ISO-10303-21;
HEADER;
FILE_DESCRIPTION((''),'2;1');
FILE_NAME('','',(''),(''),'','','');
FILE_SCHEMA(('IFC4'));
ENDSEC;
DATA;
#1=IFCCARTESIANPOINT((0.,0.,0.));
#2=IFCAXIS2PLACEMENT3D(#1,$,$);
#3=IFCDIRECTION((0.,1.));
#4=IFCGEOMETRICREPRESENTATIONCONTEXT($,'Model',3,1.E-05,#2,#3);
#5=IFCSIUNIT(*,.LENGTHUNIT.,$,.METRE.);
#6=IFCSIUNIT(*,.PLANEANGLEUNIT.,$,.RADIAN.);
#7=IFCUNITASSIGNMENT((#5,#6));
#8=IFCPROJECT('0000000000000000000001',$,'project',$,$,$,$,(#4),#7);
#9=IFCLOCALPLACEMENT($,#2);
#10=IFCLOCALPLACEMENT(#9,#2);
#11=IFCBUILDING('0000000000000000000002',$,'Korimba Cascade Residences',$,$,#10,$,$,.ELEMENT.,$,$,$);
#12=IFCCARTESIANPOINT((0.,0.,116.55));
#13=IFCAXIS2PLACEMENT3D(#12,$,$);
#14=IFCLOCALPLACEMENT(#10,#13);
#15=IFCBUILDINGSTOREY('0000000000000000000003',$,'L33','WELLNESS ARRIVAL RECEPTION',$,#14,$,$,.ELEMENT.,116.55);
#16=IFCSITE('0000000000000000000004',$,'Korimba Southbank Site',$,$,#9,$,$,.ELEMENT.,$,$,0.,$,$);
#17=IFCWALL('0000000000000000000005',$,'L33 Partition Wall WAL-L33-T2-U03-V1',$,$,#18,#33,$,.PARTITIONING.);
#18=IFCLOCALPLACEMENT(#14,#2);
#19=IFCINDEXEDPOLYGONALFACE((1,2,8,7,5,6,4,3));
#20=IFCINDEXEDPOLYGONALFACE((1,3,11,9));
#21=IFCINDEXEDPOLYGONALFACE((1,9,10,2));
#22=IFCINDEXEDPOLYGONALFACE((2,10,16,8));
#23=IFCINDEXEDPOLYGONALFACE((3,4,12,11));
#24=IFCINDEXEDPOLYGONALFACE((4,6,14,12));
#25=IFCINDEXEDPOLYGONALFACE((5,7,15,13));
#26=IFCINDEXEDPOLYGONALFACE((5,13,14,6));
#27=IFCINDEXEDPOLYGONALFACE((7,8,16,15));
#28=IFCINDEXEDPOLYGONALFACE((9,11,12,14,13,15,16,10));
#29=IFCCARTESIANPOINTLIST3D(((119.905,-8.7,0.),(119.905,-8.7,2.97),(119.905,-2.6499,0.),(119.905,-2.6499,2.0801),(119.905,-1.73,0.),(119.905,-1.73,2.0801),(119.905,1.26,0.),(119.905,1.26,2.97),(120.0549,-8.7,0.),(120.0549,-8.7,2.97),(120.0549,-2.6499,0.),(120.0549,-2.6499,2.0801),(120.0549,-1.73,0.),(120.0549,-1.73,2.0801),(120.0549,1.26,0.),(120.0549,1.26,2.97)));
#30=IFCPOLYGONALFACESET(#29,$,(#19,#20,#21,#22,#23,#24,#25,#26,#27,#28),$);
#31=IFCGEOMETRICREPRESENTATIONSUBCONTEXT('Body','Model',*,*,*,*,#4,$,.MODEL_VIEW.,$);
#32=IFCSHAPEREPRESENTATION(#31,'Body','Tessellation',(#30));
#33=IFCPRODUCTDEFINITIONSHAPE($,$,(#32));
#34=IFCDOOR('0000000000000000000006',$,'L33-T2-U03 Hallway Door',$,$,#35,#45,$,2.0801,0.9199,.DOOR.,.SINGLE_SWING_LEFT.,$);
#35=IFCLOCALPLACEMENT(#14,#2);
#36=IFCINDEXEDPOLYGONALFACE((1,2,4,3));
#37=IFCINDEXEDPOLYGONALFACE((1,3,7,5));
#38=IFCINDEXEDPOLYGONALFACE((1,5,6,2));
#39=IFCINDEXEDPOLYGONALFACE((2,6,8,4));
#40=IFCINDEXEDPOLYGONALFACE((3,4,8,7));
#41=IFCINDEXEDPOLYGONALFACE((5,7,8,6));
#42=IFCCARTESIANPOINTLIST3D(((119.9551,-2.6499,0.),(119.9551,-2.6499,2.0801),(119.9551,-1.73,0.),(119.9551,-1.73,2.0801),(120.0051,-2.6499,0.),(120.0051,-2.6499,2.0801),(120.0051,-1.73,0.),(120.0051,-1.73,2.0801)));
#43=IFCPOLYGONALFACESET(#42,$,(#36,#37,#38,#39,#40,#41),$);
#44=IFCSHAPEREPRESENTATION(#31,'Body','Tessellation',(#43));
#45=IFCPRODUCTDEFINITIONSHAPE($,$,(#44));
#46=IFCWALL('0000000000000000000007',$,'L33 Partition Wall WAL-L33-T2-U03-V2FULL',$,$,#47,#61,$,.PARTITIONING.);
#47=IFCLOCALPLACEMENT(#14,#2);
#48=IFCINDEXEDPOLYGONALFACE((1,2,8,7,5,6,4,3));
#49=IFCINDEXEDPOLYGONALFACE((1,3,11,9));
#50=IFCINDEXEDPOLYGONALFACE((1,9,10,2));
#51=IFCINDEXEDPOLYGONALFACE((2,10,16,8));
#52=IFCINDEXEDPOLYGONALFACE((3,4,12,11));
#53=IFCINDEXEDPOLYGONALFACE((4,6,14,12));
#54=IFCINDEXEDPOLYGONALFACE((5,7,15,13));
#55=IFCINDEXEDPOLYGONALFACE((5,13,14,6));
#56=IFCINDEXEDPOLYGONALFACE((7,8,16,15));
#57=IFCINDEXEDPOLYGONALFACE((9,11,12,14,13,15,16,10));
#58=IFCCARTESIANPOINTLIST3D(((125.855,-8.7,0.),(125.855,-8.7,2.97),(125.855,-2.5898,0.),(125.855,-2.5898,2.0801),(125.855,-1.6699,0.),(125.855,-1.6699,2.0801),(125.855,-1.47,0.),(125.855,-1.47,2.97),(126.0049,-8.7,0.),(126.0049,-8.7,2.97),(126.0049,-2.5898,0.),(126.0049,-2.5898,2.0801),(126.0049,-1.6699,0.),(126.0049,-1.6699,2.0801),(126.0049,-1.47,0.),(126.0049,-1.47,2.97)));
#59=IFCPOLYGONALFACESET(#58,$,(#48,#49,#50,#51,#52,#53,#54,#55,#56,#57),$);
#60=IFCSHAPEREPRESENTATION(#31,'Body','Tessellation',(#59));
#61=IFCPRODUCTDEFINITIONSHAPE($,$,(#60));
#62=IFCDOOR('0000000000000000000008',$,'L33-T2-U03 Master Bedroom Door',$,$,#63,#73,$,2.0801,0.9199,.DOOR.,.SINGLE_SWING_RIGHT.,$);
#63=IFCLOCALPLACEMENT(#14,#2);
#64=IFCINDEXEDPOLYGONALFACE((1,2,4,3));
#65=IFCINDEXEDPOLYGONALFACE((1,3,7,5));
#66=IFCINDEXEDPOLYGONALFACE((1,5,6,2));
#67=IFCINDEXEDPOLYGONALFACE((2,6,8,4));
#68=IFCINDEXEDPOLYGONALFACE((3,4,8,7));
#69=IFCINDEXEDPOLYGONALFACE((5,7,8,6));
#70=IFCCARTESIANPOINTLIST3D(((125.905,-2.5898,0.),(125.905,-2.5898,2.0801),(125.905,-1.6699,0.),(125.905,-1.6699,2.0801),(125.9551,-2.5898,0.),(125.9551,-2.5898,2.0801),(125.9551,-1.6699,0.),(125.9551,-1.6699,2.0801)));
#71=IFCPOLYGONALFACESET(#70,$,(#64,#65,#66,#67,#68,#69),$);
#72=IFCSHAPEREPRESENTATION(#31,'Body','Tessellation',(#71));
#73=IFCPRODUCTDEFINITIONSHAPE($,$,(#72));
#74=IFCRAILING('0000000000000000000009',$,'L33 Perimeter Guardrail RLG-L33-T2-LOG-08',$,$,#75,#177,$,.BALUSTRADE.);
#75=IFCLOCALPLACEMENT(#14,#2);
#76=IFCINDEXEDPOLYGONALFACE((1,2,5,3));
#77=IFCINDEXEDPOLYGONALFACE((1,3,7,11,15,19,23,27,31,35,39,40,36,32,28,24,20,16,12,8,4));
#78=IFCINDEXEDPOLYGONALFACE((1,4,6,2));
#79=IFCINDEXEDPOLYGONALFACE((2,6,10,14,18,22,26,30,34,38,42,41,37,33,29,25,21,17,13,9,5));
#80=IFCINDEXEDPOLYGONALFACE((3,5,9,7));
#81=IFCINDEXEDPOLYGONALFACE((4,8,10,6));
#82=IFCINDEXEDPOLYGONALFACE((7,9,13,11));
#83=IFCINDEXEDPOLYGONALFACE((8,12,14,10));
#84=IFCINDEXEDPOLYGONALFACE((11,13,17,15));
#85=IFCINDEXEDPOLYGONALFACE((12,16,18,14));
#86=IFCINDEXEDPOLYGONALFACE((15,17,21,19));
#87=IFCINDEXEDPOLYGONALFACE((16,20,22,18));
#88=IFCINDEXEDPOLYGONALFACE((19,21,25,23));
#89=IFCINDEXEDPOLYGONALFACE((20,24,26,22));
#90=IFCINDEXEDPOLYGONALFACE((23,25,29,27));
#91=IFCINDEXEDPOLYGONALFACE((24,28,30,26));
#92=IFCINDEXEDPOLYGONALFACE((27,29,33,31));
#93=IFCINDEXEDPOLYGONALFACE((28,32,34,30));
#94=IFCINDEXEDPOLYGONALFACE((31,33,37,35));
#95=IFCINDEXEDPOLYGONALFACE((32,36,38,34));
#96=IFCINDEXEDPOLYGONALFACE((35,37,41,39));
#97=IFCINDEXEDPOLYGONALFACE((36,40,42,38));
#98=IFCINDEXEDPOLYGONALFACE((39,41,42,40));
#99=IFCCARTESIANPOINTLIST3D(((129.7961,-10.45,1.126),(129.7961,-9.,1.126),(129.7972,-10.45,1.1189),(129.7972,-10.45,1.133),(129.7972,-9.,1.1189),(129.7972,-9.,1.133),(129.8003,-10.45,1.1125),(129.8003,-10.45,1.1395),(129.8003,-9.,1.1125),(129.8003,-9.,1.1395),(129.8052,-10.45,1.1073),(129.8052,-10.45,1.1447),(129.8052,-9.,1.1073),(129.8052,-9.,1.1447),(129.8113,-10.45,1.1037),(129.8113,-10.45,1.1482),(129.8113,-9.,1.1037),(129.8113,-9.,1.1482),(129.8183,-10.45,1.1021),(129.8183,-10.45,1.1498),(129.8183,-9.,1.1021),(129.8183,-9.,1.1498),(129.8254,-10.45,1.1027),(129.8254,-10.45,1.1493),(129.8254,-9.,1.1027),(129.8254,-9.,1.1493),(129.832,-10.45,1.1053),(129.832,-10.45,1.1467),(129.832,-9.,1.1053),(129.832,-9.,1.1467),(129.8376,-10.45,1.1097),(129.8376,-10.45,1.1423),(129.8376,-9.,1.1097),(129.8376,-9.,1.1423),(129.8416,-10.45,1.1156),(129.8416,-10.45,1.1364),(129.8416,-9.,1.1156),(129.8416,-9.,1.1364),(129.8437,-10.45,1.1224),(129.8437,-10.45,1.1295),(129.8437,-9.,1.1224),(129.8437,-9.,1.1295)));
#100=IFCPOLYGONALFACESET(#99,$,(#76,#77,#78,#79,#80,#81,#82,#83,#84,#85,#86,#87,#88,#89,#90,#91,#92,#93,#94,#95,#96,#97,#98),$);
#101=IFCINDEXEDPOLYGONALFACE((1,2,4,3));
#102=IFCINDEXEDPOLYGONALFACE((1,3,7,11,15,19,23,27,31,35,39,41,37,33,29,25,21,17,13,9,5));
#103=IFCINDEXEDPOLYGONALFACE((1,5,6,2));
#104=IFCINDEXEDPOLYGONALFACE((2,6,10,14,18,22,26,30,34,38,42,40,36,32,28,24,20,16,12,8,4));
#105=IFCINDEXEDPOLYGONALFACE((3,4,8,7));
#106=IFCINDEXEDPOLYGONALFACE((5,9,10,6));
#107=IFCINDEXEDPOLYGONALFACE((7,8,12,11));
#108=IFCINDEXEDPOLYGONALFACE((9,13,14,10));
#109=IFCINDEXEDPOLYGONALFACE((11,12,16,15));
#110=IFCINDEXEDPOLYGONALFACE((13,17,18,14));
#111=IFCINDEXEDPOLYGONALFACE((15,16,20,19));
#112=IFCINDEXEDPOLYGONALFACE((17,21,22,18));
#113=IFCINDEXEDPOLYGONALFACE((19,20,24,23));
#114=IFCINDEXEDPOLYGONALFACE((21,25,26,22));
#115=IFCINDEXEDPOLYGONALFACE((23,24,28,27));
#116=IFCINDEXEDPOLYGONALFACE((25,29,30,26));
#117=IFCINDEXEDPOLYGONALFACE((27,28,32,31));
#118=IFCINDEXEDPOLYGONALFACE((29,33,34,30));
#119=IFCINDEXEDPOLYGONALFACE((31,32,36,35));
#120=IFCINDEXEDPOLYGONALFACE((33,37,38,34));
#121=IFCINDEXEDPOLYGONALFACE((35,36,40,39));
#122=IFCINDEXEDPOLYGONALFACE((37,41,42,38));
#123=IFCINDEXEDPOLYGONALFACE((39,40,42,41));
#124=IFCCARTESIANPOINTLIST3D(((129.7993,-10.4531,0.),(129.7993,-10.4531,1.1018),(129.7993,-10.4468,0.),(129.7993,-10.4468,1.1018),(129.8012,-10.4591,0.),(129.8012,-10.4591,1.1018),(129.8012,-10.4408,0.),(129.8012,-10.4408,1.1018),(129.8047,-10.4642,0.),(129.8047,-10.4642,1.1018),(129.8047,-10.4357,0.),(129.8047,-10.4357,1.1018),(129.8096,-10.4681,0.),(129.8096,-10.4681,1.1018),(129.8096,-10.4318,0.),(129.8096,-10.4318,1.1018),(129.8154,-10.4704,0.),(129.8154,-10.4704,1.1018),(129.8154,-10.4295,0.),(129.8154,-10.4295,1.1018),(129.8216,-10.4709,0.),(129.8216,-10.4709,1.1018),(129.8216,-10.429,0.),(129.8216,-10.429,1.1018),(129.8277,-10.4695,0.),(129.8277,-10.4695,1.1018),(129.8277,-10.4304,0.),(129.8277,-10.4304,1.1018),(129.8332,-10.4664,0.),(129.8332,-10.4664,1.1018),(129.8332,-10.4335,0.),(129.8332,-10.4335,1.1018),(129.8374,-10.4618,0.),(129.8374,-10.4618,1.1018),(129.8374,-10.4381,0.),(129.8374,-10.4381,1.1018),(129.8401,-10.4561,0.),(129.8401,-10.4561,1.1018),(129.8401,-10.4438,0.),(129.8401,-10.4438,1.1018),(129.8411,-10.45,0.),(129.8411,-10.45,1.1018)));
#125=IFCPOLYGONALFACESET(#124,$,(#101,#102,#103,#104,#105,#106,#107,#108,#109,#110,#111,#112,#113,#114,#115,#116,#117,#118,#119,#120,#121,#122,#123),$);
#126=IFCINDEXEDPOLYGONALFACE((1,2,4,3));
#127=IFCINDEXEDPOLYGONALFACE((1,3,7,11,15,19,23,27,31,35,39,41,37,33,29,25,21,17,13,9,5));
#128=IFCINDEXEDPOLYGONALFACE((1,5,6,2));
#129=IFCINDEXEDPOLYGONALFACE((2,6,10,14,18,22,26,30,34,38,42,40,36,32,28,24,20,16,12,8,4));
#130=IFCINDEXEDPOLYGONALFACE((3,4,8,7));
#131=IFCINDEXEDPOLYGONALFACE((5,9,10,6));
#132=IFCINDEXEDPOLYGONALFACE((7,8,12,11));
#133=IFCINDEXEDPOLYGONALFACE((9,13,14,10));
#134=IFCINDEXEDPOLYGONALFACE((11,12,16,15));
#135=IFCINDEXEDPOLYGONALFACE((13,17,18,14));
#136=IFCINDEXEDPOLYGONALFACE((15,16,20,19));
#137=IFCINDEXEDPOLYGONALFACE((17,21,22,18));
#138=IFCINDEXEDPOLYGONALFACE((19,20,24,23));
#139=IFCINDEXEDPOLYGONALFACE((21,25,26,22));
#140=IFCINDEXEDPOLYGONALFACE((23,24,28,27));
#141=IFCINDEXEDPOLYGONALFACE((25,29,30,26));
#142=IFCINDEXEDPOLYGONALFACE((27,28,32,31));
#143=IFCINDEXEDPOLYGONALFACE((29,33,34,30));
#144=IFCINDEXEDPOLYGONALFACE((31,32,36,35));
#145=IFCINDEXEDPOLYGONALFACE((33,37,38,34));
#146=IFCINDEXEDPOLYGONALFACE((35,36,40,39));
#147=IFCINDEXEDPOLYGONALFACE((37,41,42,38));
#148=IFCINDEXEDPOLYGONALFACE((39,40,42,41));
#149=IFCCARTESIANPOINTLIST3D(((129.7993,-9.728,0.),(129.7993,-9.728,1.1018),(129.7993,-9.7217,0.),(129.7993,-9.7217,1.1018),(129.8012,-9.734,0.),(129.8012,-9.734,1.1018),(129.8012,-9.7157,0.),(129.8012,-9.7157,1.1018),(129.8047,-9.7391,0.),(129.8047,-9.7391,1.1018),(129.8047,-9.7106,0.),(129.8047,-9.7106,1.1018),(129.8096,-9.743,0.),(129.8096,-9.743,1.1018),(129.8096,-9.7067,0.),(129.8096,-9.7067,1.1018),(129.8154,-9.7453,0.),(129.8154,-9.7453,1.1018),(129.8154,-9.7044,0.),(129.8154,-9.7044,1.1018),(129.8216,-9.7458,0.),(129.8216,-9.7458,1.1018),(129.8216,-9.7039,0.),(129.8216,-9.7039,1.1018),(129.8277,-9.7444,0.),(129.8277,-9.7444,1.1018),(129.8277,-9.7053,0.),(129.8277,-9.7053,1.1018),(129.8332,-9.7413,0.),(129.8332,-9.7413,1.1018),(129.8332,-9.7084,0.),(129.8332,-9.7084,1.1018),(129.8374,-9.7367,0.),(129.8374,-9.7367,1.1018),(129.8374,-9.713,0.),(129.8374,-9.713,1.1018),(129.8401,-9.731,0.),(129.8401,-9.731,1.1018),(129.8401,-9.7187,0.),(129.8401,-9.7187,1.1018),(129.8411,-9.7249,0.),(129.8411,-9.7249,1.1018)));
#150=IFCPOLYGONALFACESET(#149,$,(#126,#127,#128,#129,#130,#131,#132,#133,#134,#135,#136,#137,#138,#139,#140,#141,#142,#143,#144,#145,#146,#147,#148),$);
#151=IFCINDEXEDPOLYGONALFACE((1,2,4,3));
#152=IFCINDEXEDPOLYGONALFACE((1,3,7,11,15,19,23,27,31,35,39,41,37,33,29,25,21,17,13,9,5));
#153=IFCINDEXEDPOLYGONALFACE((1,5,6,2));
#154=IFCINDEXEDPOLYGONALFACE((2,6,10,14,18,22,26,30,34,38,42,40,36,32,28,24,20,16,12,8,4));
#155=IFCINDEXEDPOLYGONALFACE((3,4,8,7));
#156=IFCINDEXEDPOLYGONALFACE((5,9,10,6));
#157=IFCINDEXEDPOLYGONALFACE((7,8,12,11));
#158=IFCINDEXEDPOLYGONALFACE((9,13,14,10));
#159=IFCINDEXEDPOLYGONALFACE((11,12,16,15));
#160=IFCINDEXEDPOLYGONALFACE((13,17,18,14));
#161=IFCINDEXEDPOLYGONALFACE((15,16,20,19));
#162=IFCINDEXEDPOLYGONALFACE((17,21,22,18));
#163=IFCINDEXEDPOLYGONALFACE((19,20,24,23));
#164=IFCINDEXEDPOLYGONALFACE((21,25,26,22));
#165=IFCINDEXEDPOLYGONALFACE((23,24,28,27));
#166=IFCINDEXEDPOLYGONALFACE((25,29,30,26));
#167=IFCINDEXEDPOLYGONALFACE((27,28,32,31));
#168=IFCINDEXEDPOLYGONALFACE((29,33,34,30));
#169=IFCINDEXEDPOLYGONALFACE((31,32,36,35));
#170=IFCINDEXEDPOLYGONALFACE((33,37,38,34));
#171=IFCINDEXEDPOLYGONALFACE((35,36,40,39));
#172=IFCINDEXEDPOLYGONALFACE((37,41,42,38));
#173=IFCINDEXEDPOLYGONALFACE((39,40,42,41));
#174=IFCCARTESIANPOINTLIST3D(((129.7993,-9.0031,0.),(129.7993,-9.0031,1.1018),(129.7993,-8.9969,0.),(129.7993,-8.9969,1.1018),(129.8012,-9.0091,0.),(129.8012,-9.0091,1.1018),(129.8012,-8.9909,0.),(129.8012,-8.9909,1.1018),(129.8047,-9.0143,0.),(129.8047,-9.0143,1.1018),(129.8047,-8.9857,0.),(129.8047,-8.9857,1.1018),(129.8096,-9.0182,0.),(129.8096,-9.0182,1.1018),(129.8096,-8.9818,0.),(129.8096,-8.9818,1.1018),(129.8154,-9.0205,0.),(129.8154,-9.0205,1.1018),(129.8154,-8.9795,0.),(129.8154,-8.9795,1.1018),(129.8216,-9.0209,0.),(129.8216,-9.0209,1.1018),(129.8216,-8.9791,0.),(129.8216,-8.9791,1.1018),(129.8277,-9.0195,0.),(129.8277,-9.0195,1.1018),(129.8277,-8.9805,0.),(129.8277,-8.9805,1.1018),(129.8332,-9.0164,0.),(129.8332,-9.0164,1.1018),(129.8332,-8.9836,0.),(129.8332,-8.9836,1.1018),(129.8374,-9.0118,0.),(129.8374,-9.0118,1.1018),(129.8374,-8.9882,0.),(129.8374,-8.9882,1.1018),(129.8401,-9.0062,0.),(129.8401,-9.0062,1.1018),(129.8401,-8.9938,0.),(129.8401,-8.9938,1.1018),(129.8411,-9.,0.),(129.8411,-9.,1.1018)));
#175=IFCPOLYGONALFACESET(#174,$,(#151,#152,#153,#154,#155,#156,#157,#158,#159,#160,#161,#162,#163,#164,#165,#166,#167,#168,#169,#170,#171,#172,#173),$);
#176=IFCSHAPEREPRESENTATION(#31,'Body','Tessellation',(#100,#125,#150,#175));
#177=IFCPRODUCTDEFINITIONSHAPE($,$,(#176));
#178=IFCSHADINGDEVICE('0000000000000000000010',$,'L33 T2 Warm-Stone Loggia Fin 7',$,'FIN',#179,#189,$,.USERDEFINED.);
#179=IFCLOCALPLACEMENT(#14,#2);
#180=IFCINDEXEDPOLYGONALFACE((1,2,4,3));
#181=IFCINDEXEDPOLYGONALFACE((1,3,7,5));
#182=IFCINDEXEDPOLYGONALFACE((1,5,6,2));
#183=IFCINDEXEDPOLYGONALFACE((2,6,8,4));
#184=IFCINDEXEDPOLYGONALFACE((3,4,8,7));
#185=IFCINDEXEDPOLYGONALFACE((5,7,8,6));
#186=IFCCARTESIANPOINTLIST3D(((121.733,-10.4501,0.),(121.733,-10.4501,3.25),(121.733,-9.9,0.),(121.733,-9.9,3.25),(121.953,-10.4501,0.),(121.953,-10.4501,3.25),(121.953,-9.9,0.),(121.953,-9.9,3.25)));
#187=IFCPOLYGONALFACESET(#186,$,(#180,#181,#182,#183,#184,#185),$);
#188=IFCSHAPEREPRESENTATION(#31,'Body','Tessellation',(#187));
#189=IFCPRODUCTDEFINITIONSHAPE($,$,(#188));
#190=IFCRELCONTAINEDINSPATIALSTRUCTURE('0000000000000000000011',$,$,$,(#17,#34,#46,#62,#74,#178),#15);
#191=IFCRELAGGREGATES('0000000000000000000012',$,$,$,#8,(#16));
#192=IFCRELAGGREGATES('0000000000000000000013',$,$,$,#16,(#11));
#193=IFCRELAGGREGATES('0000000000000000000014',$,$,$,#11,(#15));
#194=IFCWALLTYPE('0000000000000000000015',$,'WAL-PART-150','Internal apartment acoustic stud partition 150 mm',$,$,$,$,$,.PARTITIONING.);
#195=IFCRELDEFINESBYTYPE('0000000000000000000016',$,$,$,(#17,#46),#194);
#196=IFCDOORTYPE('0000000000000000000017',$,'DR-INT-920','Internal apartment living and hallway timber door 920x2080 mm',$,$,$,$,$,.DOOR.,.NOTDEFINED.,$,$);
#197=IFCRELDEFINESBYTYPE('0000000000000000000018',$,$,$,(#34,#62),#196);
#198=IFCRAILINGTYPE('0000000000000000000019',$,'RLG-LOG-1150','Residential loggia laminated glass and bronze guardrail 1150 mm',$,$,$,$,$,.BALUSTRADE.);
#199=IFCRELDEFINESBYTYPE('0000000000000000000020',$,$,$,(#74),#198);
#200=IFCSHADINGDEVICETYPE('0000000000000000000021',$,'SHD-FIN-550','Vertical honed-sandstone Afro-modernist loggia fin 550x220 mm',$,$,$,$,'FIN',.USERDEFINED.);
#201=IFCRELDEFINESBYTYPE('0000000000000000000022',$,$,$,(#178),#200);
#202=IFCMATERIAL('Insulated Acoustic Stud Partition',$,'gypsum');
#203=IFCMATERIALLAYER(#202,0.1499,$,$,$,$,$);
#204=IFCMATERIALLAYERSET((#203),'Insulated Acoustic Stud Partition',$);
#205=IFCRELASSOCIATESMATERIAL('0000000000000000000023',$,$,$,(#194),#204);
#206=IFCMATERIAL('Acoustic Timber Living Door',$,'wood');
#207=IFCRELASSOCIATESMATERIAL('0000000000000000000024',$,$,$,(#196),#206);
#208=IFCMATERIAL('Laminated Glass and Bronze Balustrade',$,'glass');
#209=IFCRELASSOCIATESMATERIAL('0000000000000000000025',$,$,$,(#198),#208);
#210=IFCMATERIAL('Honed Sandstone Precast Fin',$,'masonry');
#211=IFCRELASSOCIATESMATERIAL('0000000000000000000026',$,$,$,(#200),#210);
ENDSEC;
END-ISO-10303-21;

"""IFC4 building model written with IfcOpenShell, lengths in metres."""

from ifc_helpers import new_model, si_unit, direction, frame, frame_2d, origin, origin_2d, place, context, subcontext, project, spatial, rectangle, circle, extrude, material, layer, layer_set, type_object, element, fill, save


model = new_model("IFC4")

# Units and contexts
model_context = context("Model", 3, precision=1e-05, world=origin(), true_north=direction((0.0, 1.0)))
body_context = subcontext(model_context, "Body", "Model", "MODEL_VIEW")
ifc_project = project(units=[si_unit("LENGTHUNIT", "METRE"), si_unit("PLANEANGLEUNIT", "RADIAN")], contexts=[model_context])

# Site, building, storey
site_placement = place(None, origin())
site = spatial("IfcSite", under=ifc_project, at=site_placement, Name="Korimba Southbank Site", CompositionType="ELEMENT", RefElevation=0.0)
building_placement = place(site_placement, origin())
building = spatial("IfcBuilding", under=site, at=building_placement, Name="Korimba Cascade Residences", CompositionType="ELEMENT")
storey_placement = place(building_placement, frame((0.0, 0.0, 116.55)))
storey = spatial("IfcBuildingStorey", under=building, at=storey_placement, Name="L33", Description="WELLNESS ARRIVAL RECEPTION", CompositionType="ELEMENT", Elevation=116.55)

# Walls, openings, doors
ifc_material_1 = material(Name="Insulated Acoustic Stud Partition", Category="gypsum")
ifc_layer_1 = layer(ifc_material_1, 0.1499)
ifc_layer_set_1 = layer_set([ifc_layer_1], Name="Insulated Acoustic Stud Partition")
wall_type_1 = type_object("IfcWallType", Name="WAL-PART-150", Description="Internal apartment acoustic stud partition 150 mm", PredefinedType="PARTITIONING", material=ifc_layer_set_1)
wall_1_placement = place(storey_placement, frame((119.98, -8.7, 0.0), z_axis=(0.0, 0.0, 1.0), x_axis=(0.0, 1.0, 0.0)))
wall_1 = element("IfcWall", 1, at=wall_1_placement, inside=storey, type_object=wall_type_1, Name="L33 Partition Wall WAL-L33-T2-U03-V1", PredefinedType="PARTITIONING", context=body_context, shape_type="SweptSolid", body=[
    extrude(rectangle(XDim=9.96, YDim=0.1499, at=frame_2d((4.98, 0.0))), origin(), (0.0, 0.0, 1.0), 2.97),
])
opening_1_placement = place(wall_1_placement, frame((6.05, 0.0, 0.0)))
opening_1 = element("IfcOpeningElement", 2, at=opening_1_placement, cuts=wall_1, PredefinedType="OPENING", context=body_context, shape_type="SweptSolid", body=[
    extrude(rectangle(XDim=0.9199, YDim=2.0801, at=frame_2d((0.46, 1.04))), frame((0.0, 0.085, 0.0), z_axis=(0.0, -1.0, 0.0), x_axis=(1.0, 0.0, 0.0)), (0.0, 0.0, 1.0), 0.1699),
])
ifc_material_2 = material(Name="Acoustic Timber Living Door", Category="wood")
door_type = type_object("IfcDoorType", Name="DR-INT-920", Description="Internal apartment living and hallway timber door 920x2080 mm", OperationType="NOTDEFINED", PredefinedType="DOOR", material=ifc_material_2)
door_1_placement = place(opening_1_placement, origin())
door_1 = element("IfcDoor", 3, at=door_1_placement, inside=storey, type_object=door_type, Name="L33-T2-U03 Hallway Door", OperationType="SINGLE_SWING_LEFT", OverallHeight=2.0801, OverallWidth=0.9199, PredefinedType="DOOR", context=body_context, shape_type="SweptSolid", body=[
    extrude(rectangle(XDim=0.9199, YDim=2.0801, at=frame_2d((0.46, 1.04))), frame((0.0, 0.0249, 0.0), z_axis=(0.0, -1.0, 0.0), x_axis=(1.0, 0.0, 0.0)), (0.0, 0.0, 1.0), 0.05),
])
fill(opening_1, door_1)
wall_2_placement = place(storey_placement, frame((125.9299, -8.7, 0.0), z_axis=(0.0, 0.0, 1.0), x_axis=(0.0, 1.0, 0.0)))
wall_2 = element("IfcWall", 4, at=wall_2_placement, inside=storey, type_object=wall_type_1, Name="L33 Partition Wall WAL-L33-T2-U03-V2FULL", PredefinedType="PARTITIONING", context=body_context, shape_type="SweptSolid", body=[
    extrude(rectangle(XDim=7.23, YDim=0.1499, at=frame_2d((3.615, 0.0))), origin(), (0.0, 0.0, 1.0), 2.97),
])
opening_2_placement = place(wall_2_placement, frame((6.1101, 0.0, 0.0)))
opening_2 = element("IfcOpeningElement", 5, at=opening_2_placement, cuts=wall_2, PredefinedType="OPENING", context=body_context, shape_type="SweptSolid", body=[
    extrude(rectangle(XDim=0.9199, YDim=2.0801, at=frame_2d((0.46, 1.04))), frame((0.0, 0.085, 0.0), z_axis=(0.0, -1.0, 0.0), x_axis=(1.0, 0.0, 0.0)), (0.0, 0.0, 1.0), 0.1699),
])
door_2_placement = place(opening_2_placement, origin())
door_2 = element("IfcDoor", 6, at=door_2_placement, inside=storey, type_object=door_type, Name="L33-T2-U03 Master Bedroom Door", OperationType="SINGLE_SWING_RIGHT", OverallHeight=2.0801, OverallWidth=0.9199, PredefinedType="DOOR", context=body_context, shape_type="SweptSolid", body=[
    extrude(rectangle(XDim=0.9199, YDim=2.0801, at=frame_2d((0.46, 1.04))), frame((0.0, 0.0249, 0.0), z_axis=(0.0, -1.0, 0.0), x_axis=(1.0, 0.0, 0.0)), (0.0, 0.0, 1.0), 0.05),
])
fill(opening_2, door_2)

# Railing
ifc_material_3 = material(Name="Laminated Glass and Bronze Balustrade", Category="glass")
railing_type = type_object("IfcRailingType", Name="RLG-LOG-1150", Description="Residential loggia laminated glass and bronze guardrail 1150 mm", PredefinedType="BALUSTRADE", material=ifc_material_3)
railing_1_placement = place(storey_placement, frame((129.8201, -10.45, 0.0)))
element("IfcRailing", 7, at=railing_1_placement, inside=storey, type_object=railing_type, Name="L33 Perimeter Guardrail RLG-L33-T2-LOG-08", PredefinedType="BALUSTRADE", context=body_context, shape_type="SweptSolid", body=[
    extrude(circle(Radius=0.0239, at=origin_2d()), frame((0.0, 0.0, 1.126), z_axis=(0.0, 1.0, 0.0), x_axis=(-1.0, 0.0, 0.0)), (0.0, 0.0, 1.0), 1.45),
    extrude(circle(Radius=0.021, at=origin_2d()), origin(), (0.0, 0.0, 1.0), 1.1018),
    extrude(circle(Radius=0.021, at=origin_2d()), frame((0.0, 0.7251, 0.0)), (0.0, 0.0, 1.0), 1.1018),
    extrude(circle(Radius=0.021, at=origin_2d()), frame((0.0, 1.45, 0.0)), (0.0, 0.0, 1.0), 1.1018),
])

# Shading device
ifc_material_4 = material(Name="Honed Sandstone Precast Fin", Category="masonry")
shading_device_type = type_object("IfcShadingDeviceType", Name="SHD-FIN-550", Description="Vertical honed-sandstone Afro-modernist loggia fin 550x220 mm", ElementType="FIN", PredefinedType="USERDEFINED", material=ifc_material_4)
for number, where, z_axis, x_axis, name in (
    (8, (121.843, -10.175, 0.0), (0.0, 0.0, 1.0), (1.0, 0.0, 0.0), "L33 T2 Warm-Stone Loggia Fin 7"),
):
    element("IfcShadingDevice", number, at=place(storey_placement, frame(where, z_axis=z_axis, x_axis=x_axis)), inside=storey, type_object=shading_device_type, Name=name, ObjectType="FIN", PredefinedType="USERDEFINED", context=body_context, shape_type="SweptSolid", body=[
        extrude(rectangle(XDim=0.22, YDim=0.55, at=origin_2d()), origin(), (0.0, 0.0, 1.0), 3.25),
    ])

save(model, "model.ifc")
